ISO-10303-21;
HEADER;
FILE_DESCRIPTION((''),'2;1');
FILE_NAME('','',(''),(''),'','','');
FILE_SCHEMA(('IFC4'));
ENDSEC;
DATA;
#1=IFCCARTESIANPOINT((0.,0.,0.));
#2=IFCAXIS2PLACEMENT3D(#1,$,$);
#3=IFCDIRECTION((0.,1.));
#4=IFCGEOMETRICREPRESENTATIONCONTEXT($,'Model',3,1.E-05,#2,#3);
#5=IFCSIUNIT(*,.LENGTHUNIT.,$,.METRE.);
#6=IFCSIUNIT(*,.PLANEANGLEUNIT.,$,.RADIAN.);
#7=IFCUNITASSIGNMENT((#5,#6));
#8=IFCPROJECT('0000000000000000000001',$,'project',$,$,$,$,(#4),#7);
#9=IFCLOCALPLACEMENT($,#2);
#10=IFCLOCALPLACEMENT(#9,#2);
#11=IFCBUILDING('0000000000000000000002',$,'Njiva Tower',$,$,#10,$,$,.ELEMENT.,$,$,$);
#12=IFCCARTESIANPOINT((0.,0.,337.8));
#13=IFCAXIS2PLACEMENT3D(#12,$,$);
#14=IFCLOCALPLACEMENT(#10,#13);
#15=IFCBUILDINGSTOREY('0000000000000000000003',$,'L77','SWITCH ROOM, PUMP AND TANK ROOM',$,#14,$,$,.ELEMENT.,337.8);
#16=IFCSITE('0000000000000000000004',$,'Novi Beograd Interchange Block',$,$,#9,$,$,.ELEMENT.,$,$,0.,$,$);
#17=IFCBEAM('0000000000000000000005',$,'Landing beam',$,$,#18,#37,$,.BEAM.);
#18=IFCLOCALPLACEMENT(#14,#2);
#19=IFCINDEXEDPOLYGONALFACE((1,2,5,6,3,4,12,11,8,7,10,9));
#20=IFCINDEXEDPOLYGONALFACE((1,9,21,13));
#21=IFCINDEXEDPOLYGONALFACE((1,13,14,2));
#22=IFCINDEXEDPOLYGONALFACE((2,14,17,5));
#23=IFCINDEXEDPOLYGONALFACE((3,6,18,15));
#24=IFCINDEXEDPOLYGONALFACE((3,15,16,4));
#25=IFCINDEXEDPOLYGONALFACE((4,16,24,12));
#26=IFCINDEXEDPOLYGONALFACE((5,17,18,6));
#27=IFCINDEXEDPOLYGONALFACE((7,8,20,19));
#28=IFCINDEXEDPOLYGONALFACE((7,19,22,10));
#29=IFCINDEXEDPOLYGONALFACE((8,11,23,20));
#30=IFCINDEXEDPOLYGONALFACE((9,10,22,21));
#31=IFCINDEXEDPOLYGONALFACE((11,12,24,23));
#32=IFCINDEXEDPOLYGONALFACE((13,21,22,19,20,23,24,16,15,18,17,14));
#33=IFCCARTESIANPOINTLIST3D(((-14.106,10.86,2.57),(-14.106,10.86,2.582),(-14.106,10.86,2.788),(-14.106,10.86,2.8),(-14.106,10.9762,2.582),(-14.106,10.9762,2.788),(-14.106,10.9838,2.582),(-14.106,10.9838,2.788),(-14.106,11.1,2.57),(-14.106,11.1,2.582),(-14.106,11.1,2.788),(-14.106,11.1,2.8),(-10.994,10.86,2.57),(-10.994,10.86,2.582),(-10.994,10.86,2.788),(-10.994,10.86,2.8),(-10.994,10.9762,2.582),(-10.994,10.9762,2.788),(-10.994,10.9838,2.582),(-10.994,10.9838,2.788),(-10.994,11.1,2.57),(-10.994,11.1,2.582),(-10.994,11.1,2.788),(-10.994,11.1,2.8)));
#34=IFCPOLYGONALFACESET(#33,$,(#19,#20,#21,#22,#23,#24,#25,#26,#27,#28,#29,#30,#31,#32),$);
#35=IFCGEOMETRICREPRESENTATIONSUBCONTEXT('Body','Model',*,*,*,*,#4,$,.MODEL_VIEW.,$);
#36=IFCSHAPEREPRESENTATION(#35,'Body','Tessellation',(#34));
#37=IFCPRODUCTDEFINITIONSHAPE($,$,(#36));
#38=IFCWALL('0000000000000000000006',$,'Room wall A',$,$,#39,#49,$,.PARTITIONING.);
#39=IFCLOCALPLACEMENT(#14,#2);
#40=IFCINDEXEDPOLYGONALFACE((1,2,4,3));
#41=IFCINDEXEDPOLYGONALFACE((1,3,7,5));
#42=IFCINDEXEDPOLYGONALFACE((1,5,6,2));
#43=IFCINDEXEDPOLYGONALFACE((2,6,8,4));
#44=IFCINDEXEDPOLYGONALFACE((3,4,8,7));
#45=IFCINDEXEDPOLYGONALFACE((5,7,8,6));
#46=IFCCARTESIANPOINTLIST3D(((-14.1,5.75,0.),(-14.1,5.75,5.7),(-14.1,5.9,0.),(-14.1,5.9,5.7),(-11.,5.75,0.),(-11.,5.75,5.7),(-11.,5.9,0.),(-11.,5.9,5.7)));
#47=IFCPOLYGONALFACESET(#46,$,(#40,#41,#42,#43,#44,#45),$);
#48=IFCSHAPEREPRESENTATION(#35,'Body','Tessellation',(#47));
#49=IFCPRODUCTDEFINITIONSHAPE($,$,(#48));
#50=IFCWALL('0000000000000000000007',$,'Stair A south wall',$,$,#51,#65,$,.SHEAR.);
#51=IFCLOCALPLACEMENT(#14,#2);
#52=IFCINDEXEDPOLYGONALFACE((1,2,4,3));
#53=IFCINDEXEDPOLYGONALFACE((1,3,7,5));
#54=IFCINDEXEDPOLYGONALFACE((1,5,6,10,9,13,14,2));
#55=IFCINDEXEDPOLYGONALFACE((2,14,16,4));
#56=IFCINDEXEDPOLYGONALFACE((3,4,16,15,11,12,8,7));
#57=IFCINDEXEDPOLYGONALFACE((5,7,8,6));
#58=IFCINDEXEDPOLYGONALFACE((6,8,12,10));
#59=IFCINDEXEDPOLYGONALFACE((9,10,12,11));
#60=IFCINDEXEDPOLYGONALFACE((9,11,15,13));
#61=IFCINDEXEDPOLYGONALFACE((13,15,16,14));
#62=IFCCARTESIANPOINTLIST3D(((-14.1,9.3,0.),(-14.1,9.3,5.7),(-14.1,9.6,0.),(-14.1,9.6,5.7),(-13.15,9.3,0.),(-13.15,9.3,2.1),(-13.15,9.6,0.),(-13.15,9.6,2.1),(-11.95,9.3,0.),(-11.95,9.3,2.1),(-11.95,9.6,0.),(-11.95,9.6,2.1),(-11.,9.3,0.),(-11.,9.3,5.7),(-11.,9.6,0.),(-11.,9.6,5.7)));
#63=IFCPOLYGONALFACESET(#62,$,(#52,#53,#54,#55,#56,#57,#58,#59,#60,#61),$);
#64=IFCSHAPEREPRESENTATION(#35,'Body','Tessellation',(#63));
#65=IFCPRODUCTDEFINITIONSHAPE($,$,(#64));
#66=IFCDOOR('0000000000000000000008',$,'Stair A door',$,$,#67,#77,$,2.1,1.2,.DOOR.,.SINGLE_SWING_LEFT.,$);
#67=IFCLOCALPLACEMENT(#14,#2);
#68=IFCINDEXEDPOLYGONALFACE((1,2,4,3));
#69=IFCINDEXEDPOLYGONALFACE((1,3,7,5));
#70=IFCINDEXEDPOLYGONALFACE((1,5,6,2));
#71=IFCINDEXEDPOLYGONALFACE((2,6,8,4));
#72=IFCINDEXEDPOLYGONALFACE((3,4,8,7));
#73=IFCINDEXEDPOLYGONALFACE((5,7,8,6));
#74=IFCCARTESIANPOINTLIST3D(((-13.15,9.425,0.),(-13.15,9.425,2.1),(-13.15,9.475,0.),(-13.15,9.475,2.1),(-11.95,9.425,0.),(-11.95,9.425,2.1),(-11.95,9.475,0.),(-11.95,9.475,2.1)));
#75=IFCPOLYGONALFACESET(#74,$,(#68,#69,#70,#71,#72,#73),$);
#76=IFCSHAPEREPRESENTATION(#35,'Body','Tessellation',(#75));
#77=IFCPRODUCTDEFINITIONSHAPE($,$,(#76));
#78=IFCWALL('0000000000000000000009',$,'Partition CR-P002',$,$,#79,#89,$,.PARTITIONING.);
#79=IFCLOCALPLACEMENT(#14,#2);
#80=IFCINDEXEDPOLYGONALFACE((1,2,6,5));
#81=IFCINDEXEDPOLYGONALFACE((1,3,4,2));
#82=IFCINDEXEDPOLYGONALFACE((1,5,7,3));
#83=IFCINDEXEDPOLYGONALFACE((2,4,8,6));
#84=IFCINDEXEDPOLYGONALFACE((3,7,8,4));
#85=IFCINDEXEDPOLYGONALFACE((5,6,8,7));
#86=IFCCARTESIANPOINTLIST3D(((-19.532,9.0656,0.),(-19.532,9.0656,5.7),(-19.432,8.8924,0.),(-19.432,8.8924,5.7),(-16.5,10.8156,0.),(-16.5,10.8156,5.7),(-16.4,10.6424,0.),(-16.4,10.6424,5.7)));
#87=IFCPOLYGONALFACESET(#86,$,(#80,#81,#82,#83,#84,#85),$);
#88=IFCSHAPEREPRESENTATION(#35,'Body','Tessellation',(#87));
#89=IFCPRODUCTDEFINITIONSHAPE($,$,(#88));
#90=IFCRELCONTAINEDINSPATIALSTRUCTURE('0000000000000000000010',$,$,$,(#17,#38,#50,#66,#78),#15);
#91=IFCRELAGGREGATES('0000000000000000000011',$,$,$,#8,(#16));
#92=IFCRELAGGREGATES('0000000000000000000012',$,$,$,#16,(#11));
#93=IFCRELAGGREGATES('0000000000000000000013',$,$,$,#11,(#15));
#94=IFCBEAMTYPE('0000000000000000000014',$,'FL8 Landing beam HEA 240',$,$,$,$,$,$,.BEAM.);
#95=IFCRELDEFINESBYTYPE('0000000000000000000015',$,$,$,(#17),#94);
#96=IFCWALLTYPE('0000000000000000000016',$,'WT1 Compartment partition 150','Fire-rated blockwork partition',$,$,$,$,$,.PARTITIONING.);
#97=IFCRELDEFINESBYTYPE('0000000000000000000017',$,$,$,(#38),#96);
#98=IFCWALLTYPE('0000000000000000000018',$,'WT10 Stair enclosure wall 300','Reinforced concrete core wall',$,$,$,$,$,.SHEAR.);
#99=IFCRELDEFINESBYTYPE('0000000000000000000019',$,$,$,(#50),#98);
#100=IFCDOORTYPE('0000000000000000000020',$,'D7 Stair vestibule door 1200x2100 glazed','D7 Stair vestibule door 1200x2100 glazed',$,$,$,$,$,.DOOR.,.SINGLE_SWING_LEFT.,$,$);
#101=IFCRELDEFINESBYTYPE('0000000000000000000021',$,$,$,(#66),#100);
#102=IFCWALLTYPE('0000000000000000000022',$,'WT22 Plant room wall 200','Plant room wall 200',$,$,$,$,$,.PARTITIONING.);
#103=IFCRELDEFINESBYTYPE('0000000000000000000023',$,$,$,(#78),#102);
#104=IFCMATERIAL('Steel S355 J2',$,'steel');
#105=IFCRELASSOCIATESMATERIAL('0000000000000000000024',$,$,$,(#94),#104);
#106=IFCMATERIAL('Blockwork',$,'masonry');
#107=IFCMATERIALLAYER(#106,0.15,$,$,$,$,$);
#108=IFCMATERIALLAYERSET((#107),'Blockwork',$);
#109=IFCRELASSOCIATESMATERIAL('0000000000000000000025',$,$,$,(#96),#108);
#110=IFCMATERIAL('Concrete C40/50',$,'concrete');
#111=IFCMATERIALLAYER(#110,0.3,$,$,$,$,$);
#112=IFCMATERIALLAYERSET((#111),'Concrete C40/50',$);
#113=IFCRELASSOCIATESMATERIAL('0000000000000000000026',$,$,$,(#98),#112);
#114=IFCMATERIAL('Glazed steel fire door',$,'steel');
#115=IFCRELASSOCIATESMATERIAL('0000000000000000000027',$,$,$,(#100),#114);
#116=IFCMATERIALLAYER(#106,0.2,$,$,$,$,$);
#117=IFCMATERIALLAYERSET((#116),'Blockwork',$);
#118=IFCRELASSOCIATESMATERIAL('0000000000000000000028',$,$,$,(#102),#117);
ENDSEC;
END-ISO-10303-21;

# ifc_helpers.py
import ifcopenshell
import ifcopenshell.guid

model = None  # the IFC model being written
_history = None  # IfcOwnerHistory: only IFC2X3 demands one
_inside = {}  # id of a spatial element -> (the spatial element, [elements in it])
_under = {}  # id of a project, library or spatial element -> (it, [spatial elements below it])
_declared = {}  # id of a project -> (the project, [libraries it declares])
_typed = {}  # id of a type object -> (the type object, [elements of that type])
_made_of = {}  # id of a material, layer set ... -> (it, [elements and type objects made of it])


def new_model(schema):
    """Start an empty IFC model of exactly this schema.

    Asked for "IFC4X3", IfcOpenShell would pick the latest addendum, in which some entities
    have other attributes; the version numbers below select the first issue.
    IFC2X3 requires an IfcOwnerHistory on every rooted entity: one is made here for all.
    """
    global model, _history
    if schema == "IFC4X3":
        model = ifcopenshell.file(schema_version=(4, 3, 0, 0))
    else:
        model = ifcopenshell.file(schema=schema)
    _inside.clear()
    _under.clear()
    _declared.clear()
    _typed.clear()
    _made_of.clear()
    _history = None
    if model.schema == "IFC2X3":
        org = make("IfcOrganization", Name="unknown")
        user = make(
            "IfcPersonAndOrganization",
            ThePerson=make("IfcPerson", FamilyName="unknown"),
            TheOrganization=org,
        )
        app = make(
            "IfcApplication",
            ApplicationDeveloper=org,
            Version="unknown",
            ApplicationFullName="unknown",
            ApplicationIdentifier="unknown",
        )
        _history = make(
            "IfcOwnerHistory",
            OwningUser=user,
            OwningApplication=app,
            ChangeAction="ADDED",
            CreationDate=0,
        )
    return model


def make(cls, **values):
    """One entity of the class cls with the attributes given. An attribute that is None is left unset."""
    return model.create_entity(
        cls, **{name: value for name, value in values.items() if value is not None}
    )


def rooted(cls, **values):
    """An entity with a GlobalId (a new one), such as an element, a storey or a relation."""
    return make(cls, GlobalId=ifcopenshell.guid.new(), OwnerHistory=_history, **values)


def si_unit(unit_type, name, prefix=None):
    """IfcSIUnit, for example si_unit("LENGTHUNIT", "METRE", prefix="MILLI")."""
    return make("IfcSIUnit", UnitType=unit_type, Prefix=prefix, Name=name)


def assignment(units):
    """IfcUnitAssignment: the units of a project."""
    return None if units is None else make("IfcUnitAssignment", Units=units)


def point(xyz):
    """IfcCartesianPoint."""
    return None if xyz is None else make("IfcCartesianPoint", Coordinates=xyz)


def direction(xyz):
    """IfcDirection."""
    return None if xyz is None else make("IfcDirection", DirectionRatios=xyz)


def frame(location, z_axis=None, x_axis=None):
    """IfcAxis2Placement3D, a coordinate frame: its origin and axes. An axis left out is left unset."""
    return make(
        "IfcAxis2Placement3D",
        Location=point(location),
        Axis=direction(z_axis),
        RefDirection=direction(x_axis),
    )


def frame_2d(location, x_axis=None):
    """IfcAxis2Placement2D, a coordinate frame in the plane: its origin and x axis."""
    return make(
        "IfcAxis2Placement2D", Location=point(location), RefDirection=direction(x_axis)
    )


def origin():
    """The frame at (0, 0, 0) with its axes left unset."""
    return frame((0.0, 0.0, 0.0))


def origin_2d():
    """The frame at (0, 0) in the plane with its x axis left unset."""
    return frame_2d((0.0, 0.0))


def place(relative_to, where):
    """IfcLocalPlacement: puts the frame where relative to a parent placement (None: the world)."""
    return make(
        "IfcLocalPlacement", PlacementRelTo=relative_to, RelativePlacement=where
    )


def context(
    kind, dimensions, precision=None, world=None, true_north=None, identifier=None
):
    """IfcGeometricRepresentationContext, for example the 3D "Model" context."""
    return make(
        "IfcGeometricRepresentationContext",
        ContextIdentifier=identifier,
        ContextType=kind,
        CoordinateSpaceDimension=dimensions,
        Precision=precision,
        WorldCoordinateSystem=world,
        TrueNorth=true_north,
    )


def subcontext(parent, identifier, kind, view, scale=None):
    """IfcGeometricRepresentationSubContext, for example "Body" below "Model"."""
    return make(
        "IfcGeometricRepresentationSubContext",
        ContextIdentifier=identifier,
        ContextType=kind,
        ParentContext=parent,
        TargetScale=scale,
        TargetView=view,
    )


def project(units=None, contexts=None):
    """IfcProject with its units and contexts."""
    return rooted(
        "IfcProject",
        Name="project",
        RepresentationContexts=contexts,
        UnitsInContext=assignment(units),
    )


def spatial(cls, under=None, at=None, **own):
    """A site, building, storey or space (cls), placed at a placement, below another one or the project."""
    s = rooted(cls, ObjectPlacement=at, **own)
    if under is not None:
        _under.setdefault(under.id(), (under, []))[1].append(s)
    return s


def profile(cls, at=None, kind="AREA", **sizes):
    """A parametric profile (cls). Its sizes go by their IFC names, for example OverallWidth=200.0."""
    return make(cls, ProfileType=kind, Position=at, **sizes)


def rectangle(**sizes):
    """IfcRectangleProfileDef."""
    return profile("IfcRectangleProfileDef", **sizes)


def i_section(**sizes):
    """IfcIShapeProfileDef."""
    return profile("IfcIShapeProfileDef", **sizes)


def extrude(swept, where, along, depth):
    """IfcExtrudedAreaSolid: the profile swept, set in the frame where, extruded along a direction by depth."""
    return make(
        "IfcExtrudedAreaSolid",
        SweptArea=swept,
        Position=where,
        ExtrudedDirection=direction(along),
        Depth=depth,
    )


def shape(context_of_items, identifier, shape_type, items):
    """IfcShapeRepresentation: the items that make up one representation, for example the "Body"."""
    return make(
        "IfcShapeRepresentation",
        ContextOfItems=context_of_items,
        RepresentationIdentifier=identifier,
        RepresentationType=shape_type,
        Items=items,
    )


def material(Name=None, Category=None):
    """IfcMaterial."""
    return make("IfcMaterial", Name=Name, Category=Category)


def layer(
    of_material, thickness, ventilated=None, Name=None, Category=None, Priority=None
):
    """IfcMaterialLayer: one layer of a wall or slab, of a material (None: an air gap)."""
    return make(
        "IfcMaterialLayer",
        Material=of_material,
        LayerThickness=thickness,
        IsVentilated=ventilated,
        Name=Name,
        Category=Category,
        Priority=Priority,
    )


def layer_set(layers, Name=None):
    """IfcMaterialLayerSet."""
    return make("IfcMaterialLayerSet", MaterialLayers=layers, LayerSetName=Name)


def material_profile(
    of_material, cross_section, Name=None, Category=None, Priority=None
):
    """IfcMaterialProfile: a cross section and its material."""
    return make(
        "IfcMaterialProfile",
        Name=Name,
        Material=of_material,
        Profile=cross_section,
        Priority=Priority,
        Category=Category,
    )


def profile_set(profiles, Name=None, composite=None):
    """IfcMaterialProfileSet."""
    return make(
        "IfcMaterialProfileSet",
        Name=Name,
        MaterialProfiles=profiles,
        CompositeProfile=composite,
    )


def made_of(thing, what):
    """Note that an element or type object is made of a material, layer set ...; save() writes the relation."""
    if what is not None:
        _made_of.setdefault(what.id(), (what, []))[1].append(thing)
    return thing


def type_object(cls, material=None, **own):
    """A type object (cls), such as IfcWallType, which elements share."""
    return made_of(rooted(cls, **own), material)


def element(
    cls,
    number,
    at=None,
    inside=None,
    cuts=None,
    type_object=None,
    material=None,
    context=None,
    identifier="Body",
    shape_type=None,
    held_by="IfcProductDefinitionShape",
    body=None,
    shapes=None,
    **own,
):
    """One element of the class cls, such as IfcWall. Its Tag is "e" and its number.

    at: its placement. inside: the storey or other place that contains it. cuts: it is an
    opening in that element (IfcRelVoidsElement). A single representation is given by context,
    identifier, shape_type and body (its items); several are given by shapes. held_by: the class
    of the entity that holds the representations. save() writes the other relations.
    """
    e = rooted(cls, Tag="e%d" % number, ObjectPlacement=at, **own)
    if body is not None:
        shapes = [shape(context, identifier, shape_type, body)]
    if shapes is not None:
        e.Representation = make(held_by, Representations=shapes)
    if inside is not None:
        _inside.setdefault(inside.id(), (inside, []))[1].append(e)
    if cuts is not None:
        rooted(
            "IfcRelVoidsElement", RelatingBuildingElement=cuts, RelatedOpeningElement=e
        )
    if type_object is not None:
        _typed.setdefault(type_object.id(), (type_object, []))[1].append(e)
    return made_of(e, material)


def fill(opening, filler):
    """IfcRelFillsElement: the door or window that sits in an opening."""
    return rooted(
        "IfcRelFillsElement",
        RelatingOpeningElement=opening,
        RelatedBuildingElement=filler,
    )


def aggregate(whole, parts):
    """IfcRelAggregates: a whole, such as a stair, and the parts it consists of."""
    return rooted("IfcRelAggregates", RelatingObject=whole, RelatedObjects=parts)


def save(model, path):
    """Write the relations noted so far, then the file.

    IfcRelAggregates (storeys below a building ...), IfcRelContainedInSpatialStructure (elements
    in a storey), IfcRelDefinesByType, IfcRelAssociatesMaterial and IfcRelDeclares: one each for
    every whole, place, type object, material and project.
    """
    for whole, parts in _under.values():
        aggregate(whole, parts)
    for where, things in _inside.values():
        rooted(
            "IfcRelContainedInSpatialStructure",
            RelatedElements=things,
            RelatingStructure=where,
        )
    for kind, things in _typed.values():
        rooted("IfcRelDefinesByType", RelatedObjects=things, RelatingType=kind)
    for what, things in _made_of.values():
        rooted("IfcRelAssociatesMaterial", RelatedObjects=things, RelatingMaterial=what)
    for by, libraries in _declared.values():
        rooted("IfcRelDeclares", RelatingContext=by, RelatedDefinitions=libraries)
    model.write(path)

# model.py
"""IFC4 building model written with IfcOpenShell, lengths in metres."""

from ifc_helpers import new_model, si_unit, direction, frame, frame_2d, origin, origin_2d, place, context, subcontext, project, spatial, rectangle, i_section, extrude, material, layer, layer_set, material_profile, profile_set, type_object, element, fill, save


model = new_model("IFC4")

# Units and contexts
model_context = context("Model", 3, precision=1e-05, world=origin(), true_north=direction((0.0, 1.0)))
body_context = subcontext(model_context, "Body", "Model", "MODEL_VIEW")
ifc_project = project(units=[si_unit("LENGTHUNIT", "METRE"), si_unit("PLANEANGLEUNIT", "RADIAN")], contexts=[model_context])

# Site, building, storey
site_placement = place(None, origin())
site = spatial("IfcSite", under=ifc_project, at=site_placement, Name="Novi Beograd Interchange Block", CompositionType="ELEMENT", RefElevation=0.0)
building_placement = place(site_placement, origin())
building = spatial("IfcBuilding", under=site, at=building_placement, Name="Njiva Tower", CompositionType="ELEMENT")
storey_placement = place(building_placement, frame((0.0, 0.0, 337.8)))
storey = spatial("IfcBuildingStorey", under=building, at=storey_placement, Name="L77", Description="SWITCH ROOM, PUMP AND TANK ROOM", CompositionType="ELEMENT", Elevation=337.8)

# Shared definitions
ifc_material_1 = material(Name="Steel S355 J2", Category="steel")

# Beam
ifc_material_profile_1 = material_profile(ifc_material_1, i_section(OverallWidth=0.24, OverallDepth=0.23, WebThickness=0.0075, FlangeThickness=0.012, at=origin_2d()), Name="HEA240")
ifc_profile_set_1 = profile_set([ifc_material_profile_1], Name="Steel S355 J2")
beam_type_1 = type_object("IfcBeamType", Name="FL8 Landing beam HEA 240", PredefinedType="BEAM", material=ifc_profile_set_1)
beam_1_placement = place(storey_placement, frame((-14.106, 10.98, 2.685), z_axis=(1.0, 0.0, 0.0), x_axis=(0.0, 1.0, 0.0)))
element("IfcBeam", 1, at=beam_1_placement, inside=storey, type_object=beam_type_1, Name="Landing beam", PredefinedType="BEAM", context=body_context, shape_type="SweptSolid", body=[
    extrude(i_section(OverallWidth=0.24, OverallDepth=0.23, WebThickness=0.0075, FlangeThickness=0.012, at=origin_2d()), origin(), (0.0, 0.0, 1.0), 3.112),
])

# Wall
ifc_material_2 = material(Name="Blockwork", Category="masonry")
ifc_layer_1 = layer(ifc_material_2, 0.15)
ifc_layer_set_1 = layer_set([ifc_layer_1], Name="Blockwork")
wall_type_1 = type_object("IfcWallType", Name="WT1 Compartment partition 150", Description="Fire-rated blockwork partition", PredefinedType="PARTITIONING", material=ifc_layer_set_1)
wall_1_placement = place(storey_placement, frame((-14.1, 5.825, 0.0), z_axis=(0.0, 0.0, 1.0), x_axis=(1.0, 0.0, 0.0)))
element("IfcWall", 2, at=wall_1_placement, inside=storey, type_object=wall_type_1, Name="Room wall A", PredefinedType="PARTITIONING", context=body_context, shape_type="SweptSolid", body=[
    extrude(rectangle(XDim=3.1, YDim=0.15, at=frame_2d((1.55, 0.0))), origin(), (0.0, 0.0, 1.0), 5.7),
])

# Wall, opening, door
ifc_material_3 = material(Name="Concrete C40/50", Category="concrete")
ifc_layer_2 = layer(ifc_material_3, 0.3)
ifc_layer_set_2 = layer_set([ifc_layer_2], Name="Concrete C40/50")
wall_type_2 = type_object("IfcWallType", Name="WT10 Stair enclosure wall 300", Description="Reinforced concrete core wall", PredefinedType="SHEAR", material=ifc_layer_set_2)
wall_2_placement = place(storey_placement, frame((-14.1, 9.45, 0.0), z_axis=(0.0, 0.0, 1.0), x_axis=(1.0, 0.0, 0.0)))
wall_2 = element("IfcWall", 3, at=wall_2_placement, inside=storey, type_object=wall_type_2, Name="Stair A south wall", PredefinedType="SHEAR", context=body_context, shape_type="SweptSolid", body=[
    extrude(rectangle(XDim=3.1, YDim=0.3, at=frame_2d((1.55, 0.0))), origin(), (0.0, 0.0, 1.0), 5.7),
])
opening_placement = place(wall_2_placement, frame((0.95, 0.0, 0.0)))
opening = element("IfcOpeningElement", 4, at=opening_placement, cuts=wall_2, PredefinedType="OPENING", context=body_context, shape_type="SweptSolid", body=[
    extrude(rectangle(XDim=1.2, YDim=2.1, at=frame_2d((0.6, 1.05))), frame((0.0, 0.16, 0.0), z_axis=(0.0, -1.0, 0.0), x_axis=(1.0, 0.0, 0.0)), (0.0, 0.0, 1.0), 0.32),
])
ifc_material_4 = material(Name="Glazed steel fire door", Category="steel")
door_type = type_object("IfcDoorType", Name="D7 Stair vestibule door 1200x2100 glazed", Description="D7 Stair vestibule door 1200x2100 glazed", OperationType="SINGLE_SWING_LEFT", PredefinedType="DOOR", material=ifc_material_4)
door_placement = place(opening_placement, origin())
door = element("IfcDoor", 5, at=door_placement, inside=storey, type_object=door_type, Name="Stair A door", OperationType="SINGLE_SWING_LEFT", OverallHeight=2.1, OverallWidth=1.2, PredefinedType="DOOR", context=body_context, shape_type="SweptSolid", body=[
    extrude(rectangle(XDim=1.2, YDim=2.1, at=frame_2d((0.6, 1.05))), frame((0.0, 0.025, 0.0), z_axis=(0.0, -1.0, 0.0), x_axis=(1.0, 0.0, 0.0)), (0.0, 0.0, 1.0), 0.05),
])
fill(opening, door)

# Wall
ifc_layer_3 = layer(ifc_material_2, 0.2)
ifc_layer_set_3 = layer_set([ifc_layer_3], Name="Blockwork")
wall_type_3 = type_object("IfcWallType", Name="WT22 Plant room wall 200", Description="Plant room wall 200", PredefinedType="PARTITIONING", material=ifc_layer_set_3)
wall_3_placement = place(storey_placement, frame((-19.482, 8.979, 0.0), z_axis=(0.0, 0.0, 1.0), x_axis=(0.86609, 0.499887, 0.0)))
element("IfcWall", 6, at=wall_3_placement, inside=storey, type_object=wall_type_3, Name="Partition CR-P002", PredefinedType="PARTITIONING", context=body_context, shape_type="SweptSolid", body=[
    extrude(rectangle(XDim=3.5008, YDim=0.2, at=frame_2d((1.7504, 0.0))), origin(), (0.0, 0.0, 1.0), 5.7),
])

save(model, "model.ifc")
